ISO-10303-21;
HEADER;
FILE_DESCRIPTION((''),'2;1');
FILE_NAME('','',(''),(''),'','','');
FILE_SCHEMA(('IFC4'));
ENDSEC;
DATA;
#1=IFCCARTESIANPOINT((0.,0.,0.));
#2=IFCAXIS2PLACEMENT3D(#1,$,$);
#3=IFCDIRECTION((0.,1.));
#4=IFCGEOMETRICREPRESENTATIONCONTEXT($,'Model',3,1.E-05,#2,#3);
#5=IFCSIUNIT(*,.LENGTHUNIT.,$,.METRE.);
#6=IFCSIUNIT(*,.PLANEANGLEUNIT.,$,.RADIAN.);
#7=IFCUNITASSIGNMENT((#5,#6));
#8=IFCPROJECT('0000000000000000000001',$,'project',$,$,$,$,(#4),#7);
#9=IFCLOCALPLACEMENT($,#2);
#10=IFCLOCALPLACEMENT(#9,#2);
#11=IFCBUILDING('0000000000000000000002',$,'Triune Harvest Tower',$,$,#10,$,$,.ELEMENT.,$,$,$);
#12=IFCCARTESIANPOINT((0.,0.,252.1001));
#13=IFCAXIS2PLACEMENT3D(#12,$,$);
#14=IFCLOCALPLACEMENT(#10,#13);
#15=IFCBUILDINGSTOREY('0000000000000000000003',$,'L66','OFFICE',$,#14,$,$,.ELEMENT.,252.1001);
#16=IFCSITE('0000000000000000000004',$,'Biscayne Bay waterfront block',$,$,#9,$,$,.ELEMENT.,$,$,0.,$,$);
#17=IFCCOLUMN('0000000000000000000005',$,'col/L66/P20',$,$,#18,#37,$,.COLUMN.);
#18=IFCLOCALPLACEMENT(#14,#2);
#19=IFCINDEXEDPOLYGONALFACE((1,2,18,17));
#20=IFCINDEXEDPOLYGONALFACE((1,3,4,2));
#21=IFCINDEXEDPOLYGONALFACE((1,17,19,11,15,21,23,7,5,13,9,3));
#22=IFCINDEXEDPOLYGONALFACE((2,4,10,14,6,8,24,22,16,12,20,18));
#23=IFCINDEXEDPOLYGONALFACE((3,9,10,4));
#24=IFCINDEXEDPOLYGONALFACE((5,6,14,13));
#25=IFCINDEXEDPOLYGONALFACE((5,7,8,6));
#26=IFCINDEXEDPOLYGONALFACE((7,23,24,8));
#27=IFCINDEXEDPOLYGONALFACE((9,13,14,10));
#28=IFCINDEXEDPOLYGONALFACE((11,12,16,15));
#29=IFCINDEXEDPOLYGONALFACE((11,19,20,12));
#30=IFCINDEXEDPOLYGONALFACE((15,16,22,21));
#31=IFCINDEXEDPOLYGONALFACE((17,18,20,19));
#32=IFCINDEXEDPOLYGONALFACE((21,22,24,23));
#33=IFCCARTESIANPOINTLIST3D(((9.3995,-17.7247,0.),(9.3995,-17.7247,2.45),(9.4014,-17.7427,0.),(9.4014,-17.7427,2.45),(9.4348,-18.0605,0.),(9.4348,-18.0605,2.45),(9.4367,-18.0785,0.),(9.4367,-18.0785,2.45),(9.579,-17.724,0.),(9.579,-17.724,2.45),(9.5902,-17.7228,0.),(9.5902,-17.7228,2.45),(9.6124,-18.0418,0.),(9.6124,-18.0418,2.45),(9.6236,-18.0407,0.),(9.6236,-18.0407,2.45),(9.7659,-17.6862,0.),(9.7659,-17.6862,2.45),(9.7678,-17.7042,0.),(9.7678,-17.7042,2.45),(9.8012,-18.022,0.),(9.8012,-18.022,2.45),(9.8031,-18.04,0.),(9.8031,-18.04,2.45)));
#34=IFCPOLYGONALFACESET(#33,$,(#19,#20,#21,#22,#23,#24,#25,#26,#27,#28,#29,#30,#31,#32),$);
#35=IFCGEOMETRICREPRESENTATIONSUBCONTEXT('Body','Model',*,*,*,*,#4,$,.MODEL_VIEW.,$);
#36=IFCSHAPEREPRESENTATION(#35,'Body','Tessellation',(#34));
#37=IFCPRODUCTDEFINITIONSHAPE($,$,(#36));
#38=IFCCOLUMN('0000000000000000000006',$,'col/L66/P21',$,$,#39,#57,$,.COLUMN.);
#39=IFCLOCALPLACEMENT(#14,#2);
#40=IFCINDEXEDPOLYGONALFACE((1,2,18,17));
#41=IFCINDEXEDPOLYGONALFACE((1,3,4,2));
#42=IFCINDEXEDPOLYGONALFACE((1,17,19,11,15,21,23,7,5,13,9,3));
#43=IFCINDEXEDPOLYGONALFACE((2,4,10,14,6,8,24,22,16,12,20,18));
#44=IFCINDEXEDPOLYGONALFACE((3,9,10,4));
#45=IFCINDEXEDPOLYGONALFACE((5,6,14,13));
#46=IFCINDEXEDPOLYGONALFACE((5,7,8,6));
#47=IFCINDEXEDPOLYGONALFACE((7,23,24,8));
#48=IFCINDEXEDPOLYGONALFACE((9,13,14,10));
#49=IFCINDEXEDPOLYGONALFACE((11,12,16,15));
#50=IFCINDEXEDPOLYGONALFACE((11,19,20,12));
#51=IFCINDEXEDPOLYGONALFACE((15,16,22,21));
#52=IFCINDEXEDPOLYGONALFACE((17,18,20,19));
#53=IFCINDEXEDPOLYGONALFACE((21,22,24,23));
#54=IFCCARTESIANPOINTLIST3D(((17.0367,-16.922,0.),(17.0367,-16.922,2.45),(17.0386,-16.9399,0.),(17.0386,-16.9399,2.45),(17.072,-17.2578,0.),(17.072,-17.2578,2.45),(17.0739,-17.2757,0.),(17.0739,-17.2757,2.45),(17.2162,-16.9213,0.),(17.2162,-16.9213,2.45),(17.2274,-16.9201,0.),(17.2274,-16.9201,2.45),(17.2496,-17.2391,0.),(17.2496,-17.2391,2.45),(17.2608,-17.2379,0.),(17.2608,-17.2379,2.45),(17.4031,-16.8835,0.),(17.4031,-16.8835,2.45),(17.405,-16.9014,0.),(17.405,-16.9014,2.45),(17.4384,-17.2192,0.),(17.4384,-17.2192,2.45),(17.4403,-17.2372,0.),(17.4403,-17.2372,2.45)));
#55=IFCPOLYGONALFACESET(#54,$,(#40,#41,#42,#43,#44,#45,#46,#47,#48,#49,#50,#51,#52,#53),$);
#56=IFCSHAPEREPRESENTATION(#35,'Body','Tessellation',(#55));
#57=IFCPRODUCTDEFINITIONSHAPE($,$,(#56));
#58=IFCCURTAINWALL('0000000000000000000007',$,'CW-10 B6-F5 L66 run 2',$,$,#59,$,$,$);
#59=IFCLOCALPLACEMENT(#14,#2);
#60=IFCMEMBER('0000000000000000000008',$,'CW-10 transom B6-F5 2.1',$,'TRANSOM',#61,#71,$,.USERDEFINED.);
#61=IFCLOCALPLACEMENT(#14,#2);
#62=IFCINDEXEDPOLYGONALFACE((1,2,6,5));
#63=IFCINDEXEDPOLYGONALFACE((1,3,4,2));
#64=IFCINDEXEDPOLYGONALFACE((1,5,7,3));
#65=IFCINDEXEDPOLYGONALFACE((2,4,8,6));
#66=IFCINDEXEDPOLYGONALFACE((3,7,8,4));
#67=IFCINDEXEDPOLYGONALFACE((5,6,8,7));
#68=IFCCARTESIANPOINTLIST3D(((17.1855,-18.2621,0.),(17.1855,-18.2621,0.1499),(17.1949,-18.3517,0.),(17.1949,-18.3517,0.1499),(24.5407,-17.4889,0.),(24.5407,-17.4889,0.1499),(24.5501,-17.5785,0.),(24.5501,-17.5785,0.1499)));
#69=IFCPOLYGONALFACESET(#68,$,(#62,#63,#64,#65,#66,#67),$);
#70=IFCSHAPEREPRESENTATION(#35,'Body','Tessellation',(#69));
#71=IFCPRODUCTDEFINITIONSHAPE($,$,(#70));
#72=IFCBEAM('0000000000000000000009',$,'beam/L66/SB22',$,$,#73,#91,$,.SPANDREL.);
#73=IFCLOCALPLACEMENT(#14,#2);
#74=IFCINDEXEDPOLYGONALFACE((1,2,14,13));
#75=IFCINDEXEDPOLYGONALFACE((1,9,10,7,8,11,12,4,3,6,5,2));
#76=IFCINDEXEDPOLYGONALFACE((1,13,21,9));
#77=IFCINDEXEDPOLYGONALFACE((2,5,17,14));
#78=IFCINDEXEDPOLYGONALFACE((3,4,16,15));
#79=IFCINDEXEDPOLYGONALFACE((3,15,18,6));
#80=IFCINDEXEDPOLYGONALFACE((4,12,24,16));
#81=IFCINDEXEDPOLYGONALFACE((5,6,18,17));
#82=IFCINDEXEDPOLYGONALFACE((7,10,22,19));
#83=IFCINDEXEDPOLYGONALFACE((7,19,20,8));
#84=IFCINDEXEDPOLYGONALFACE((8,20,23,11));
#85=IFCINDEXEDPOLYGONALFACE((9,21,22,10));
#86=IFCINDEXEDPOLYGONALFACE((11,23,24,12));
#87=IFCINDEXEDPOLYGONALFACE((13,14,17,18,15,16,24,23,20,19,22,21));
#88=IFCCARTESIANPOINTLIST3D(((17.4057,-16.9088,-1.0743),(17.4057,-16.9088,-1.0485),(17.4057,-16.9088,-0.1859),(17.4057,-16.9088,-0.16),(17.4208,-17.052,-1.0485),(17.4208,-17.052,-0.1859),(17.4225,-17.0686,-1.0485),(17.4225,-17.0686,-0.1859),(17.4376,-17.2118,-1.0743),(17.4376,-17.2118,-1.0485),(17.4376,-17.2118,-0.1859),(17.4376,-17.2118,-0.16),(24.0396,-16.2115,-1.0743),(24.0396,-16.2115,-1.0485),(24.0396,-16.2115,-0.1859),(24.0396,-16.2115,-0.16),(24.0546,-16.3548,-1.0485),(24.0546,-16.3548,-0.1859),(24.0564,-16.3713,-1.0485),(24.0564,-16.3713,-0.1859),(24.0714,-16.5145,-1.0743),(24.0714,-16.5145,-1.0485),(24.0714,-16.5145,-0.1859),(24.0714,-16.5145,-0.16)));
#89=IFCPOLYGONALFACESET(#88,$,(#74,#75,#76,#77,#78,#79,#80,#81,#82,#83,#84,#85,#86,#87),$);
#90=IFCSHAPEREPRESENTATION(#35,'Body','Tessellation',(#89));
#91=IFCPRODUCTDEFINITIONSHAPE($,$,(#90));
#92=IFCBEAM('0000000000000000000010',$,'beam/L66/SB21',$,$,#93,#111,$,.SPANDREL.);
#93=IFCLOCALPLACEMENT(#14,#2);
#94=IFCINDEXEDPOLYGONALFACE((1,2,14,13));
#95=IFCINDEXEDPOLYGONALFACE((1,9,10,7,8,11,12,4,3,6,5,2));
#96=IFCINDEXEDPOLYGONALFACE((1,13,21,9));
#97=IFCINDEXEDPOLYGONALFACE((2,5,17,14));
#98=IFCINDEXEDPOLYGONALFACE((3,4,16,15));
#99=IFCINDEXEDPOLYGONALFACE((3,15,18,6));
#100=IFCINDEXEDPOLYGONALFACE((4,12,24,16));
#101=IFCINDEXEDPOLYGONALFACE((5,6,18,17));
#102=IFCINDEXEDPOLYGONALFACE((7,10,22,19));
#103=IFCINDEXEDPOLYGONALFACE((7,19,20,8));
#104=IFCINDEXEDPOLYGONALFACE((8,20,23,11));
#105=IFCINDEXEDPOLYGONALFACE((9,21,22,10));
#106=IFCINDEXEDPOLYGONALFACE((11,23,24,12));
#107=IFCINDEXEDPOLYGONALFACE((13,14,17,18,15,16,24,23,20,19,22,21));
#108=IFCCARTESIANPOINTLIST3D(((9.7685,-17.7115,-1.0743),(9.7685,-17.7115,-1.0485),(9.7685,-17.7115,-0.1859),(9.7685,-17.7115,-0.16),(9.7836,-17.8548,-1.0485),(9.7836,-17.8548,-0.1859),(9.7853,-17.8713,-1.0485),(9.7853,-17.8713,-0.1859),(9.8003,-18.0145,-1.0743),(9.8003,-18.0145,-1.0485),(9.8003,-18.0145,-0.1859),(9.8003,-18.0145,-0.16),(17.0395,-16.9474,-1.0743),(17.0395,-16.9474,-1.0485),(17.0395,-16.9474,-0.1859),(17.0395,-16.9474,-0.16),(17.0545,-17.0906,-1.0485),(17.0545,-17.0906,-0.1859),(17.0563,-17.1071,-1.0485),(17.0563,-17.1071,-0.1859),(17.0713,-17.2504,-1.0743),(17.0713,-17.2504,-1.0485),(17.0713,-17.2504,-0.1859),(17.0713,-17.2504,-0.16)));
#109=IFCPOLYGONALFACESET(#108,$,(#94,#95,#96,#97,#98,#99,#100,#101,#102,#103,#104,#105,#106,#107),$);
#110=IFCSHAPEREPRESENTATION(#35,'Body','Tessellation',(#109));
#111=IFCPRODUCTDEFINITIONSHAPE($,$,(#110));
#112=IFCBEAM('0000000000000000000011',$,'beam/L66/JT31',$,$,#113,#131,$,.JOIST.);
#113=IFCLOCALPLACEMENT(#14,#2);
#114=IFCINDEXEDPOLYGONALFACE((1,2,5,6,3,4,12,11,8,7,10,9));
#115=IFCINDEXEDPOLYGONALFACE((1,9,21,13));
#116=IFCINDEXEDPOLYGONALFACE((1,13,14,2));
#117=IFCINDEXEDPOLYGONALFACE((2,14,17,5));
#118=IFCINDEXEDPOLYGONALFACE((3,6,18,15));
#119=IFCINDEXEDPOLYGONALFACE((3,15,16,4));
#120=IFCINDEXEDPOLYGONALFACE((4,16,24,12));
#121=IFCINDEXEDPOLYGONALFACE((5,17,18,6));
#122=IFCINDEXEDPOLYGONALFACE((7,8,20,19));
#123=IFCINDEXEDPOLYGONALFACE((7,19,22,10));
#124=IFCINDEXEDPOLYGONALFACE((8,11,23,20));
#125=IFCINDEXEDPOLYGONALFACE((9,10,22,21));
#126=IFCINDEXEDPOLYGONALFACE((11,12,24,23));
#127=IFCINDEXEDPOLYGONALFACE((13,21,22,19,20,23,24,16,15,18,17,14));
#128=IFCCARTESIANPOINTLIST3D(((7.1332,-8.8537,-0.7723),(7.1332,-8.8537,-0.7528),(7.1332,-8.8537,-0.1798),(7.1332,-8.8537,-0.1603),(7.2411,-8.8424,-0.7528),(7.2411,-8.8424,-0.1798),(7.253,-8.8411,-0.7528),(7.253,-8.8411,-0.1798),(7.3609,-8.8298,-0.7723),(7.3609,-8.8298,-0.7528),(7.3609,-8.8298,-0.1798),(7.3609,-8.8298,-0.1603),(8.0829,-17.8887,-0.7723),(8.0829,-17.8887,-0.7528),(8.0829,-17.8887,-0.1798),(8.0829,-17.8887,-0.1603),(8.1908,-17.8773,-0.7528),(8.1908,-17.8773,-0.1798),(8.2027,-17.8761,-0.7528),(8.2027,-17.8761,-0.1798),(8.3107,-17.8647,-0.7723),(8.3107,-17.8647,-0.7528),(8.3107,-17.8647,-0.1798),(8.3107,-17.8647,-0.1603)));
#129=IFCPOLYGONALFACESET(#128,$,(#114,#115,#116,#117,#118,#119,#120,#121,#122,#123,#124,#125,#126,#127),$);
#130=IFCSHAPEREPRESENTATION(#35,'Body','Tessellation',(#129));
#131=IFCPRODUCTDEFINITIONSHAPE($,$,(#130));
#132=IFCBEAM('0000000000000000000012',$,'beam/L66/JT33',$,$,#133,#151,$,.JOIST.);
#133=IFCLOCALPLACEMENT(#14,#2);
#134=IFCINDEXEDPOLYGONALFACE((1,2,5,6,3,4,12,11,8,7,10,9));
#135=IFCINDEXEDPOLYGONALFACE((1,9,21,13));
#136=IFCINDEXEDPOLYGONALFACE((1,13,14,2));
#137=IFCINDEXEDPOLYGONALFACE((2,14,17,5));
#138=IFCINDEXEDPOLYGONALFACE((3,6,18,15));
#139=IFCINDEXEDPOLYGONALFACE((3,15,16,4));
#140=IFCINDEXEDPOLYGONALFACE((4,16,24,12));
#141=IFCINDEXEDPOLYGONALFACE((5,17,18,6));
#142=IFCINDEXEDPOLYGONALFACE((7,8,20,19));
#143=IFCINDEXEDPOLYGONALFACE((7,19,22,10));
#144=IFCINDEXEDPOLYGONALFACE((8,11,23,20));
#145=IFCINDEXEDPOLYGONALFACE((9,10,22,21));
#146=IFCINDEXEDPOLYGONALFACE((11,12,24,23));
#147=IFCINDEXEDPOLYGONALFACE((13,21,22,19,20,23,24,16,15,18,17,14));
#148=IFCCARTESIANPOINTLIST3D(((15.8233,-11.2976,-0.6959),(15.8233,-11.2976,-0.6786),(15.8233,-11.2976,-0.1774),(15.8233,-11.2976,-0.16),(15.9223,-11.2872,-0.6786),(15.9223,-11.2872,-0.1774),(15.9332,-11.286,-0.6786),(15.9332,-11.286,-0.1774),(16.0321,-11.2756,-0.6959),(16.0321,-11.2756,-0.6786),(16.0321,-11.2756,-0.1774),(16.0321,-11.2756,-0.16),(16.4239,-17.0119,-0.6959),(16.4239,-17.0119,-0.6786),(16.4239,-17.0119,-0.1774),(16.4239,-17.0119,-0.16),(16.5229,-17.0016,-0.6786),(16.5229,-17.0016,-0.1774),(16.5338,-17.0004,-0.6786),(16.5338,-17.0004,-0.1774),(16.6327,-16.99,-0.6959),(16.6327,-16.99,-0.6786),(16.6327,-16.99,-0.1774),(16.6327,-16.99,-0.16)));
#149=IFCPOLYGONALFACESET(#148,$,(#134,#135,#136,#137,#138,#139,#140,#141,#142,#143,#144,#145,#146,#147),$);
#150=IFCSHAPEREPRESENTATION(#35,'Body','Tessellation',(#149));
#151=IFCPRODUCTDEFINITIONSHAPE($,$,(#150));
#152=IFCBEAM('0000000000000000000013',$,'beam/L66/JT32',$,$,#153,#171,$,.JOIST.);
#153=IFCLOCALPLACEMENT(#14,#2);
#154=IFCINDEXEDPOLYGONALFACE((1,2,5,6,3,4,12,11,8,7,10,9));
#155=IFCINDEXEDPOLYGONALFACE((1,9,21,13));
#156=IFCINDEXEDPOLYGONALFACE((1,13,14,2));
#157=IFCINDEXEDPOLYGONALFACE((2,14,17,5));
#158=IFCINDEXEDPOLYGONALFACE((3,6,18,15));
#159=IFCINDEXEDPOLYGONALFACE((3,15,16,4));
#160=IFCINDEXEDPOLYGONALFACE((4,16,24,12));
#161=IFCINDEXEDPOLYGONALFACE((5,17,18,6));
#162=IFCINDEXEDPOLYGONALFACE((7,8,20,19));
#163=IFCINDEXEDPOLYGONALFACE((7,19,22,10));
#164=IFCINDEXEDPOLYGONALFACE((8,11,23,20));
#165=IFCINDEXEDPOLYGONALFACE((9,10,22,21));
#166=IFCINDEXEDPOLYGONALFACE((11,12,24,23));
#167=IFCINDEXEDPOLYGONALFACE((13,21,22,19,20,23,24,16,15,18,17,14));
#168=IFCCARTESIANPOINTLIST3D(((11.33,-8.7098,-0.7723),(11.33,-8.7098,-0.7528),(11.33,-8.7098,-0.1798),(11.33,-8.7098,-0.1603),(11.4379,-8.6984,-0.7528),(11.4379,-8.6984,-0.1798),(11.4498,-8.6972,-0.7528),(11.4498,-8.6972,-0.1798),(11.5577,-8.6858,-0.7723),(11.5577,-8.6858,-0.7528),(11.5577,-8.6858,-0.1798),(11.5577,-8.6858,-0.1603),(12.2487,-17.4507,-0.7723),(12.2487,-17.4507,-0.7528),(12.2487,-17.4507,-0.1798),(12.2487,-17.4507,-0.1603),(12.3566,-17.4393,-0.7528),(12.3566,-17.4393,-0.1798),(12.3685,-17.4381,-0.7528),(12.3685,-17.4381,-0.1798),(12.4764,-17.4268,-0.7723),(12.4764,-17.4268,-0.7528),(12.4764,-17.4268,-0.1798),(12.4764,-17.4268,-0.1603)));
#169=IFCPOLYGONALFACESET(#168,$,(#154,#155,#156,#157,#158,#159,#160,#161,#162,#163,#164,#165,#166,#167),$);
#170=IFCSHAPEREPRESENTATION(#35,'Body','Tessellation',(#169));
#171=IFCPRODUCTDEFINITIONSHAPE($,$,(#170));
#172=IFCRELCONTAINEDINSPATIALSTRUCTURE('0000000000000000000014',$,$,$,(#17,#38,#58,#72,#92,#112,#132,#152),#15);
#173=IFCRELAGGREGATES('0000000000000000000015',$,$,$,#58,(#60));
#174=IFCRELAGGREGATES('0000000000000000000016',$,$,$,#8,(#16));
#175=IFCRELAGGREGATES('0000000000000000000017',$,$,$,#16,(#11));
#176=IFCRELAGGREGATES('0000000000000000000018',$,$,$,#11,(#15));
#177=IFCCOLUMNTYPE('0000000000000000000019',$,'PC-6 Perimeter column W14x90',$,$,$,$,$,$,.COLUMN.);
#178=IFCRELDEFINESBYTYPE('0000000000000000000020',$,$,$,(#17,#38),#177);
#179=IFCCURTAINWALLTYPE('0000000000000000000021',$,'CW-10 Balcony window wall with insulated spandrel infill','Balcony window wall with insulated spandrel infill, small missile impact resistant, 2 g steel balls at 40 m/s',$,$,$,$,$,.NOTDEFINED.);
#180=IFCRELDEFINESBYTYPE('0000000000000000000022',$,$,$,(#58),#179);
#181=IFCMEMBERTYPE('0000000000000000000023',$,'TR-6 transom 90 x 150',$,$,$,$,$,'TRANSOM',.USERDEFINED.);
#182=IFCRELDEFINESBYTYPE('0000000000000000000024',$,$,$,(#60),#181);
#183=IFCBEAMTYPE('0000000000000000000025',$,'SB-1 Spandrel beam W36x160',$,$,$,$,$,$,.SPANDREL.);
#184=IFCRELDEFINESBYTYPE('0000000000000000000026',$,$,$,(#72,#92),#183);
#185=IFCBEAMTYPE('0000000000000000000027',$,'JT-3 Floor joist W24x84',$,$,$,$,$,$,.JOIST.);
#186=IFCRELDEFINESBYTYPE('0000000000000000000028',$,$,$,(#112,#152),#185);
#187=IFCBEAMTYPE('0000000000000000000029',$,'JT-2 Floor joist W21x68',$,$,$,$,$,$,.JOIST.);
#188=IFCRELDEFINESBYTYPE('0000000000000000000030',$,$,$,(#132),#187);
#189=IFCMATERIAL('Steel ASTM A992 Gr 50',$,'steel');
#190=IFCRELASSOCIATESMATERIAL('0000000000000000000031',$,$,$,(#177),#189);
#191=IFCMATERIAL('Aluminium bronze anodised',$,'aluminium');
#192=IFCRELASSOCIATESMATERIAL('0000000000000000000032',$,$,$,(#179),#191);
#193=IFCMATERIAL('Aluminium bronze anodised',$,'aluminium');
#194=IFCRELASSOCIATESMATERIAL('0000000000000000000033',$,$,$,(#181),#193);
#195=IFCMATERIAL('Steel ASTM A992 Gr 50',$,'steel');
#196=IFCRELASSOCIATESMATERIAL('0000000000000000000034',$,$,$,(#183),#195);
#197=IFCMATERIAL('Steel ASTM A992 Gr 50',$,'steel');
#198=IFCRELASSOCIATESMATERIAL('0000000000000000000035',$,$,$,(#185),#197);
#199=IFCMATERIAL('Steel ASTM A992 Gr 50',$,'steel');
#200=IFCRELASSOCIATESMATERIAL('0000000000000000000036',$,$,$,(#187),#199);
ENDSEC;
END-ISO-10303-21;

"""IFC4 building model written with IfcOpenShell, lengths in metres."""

from ifc_helpers import new_model, si_unit, direction, frame, origin, origin_2d, place, context, subcontext, project, spatial, rectangle, i_section, extrude, source, transform, mapped, material, material_profile, profile_set, type_object, element, aggregate, save


model = new_model("IFC4")

# Units and contexts
model_context = context("Model", 3, precision=1e-05, world=origin(), true_north=direction((0.0, 1.0)))
body_context = subcontext(model_context, "Body", "Model", "MODEL_VIEW")
ifc_project = project(units=[si_unit("LENGTHUNIT", "METRE"), si_unit("PLANEANGLEUNIT", "RADIAN")], contexts=[model_context])

# Site, building, storey
site_placement = place(None, origin())
site = spatial("IfcSite", under=ifc_project, at=site_placement, Name="Biscayne Bay waterfront block", CompositionType="ELEMENT", RefElevation=0.0)
building_placement = place(site_placement, origin())
building = spatial("IfcBuilding", under=site, at=building_placement, Name="Triune Harvest Tower", CompositionType="ELEMENT")
storey_placement = place(building_placement, frame((0.0, 0.0, 252.1001)))
storey = spatial("IfcBuildingStorey", under=building, at=storey_placement, Name="L66", Description="OFFICE", CompositionType="ELEMENT", Elevation=252.1001)

# Columns
ifc_material_1 = material(Name="Steel ASTM A992 Gr 50", Category="steel")
ifc_material_profile_1 = material_profile(ifc_material_1, i_section(OverallWidth=0.3684, OverallDepth=0.3557, WebThickness=0.0112, FlangeThickness=0.0181, at=origin_2d()), Name="W14x90")
ifc_profile_set_1 = profile_set([ifc_material_profile_1], Name="Steel ASTM A992 Gr 50")
column_type = type_object("IfcColumnType", Name="PC-6 Perimeter column W14x90", PredefinedType="COLUMN", material=ifc_profile_set_1)
shared_shape_1 = source(origin(), body_context, "Body", "SweptSolid", [
    extrude(i_section(OverallWidth=0.3684, OverallDepth=0.3557, WebThickness=0.0112, FlangeThickness=0.0181, at=origin_2d()), origin(), (0.0, 0.0, 1.0), 2.45),
])
for number, where, z_axis, x_axis, name in (
    (1, (9.6013, -17.8823, 0.0), (0.0, 0.0, 1.0), (0.994522, 0.10453, 0.0), "col/L66/P20"),
    (2, (17.2385, -17.0796, 0.0), (0.0, 0.0, 1.0), (0.994522, 0.10453, 0.0), "col/L66/P21"),
):
    element("IfcColumn", number, at=place(storey_placement, frame(where, z_axis=z_axis, x_axis=x_axis)), inside=storey, type_object=column_type, Name=name, PredefinedType="COLUMN", context=body_context, shape_type="MappedRepresentation", body=[
        mapped(shared_shape_1, transform((0.0, 0.0, 0.0), scale=1.0)),
    ])

# Curtain wall, member
ifc_material_2 = material(Name="Aluminium bronze anodised", Category="aluminium")
curtain_wall_type_1 = type_object("IfcCurtainWallType", Name="CW-10 Balcony window wall with insulated spandrel infill", Description="Balcony window wall with insulated spandrel infill, small missile impact resistant, 2 g steel balls at 40 m/s", PredefinedType="NOTDEFINED", material=ifc_material_2)
curtain_wall_1_placement = place(storey_placement, origin())
curtain_wall_1 = element("IfcCurtainWall", 3, at=curtain_wall_1_placement, inside=storey, type_object=curtain_wall_type_1, Name="CW-10 B6-F5 L66 run 2")
ifc_material_3 = material(Name="Aluminium bronze anodised", Category="aluminium")
ifc_material_profile_2 = material_profile(ifc_material_3, rectangle(XDim=0.0901, YDim=0.1499, at=origin_2d()), Name="TR-6 transom 90 x 150")
ifc_profile_set_2 = profile_set([ifc_material_profile_2], Name="Aluminium bronze anodised")
member_type_1 = type_object("IfcMemberType", Name="TR-6 transom 90 x 150", ElementType="TRANSOM", PredefinedType="USERDEFINED", material=ifc_profile_set_2)
member_1_placement = place(storey_placement, frame((17.1902, -18.3069, 0.075), z_axis=(0.99452, 0.104546, 0.0), x_axis=(-0.104546, 0.99452, 0.0)))
member_1 = element("IfcMember", 4, at=member_1_placement, type_object=member_type_1, Name="CW-10 transom B6-F5 2.1", ObjectType="TRANSOM", PredefinedType="USERDEFINED", context=body_context, shape_type="SweptSolid", body=[
    extrude(rectangle(XDim=0.0901, YDim=0.1499, at=origin_2d()), origin(), (0.0, 0.0, 1.0), 7.3958),
])

# Beams
ifc_material_4 = material(Name="Steel ASTM A992 Gr 50", Category="steel")
ifc_material_profile_3 = material_profile(ifc_material_4, i_section(OverallWidth=0.3047, OverallDepth=0.9143, WebThickness=0.0166, FlangeThickness=0.0259, at=origin_2d()), Name="W36x160")
ifc_profile_set_3 = profile_set([ifc_material_profile_3], Name="Steel ASTM A992 Gr 50")
beam_type_1 = type_object("IfcBeamType", Name="SB-1 Spandrel beam W36x160", PredefinedType="SPANDREL", material=ifc_profile_set_3)
shared_shape_2 = source(origin(), body_context, "Body", "SweptSolid", [
    extrude(i_section(OverallWidth=0.3047, OverallDepth=0.9143, WebThickness=0.0166, FlangeThickness=0.0259, at=origin_2d()), origin(), (0.0, 0.0, 1.0), 6.6704),
])
beam_1_placement = place(storey_placement, frame((17.4216, -17.0603, -0.6172), z_axis=(0.994521, 0.104532, 0.0), x_axis=(-0.104532, 0.994521, 0.0)))
element("IfcBeam", 5, at=beam_1_placement, inside=storey, type_object=beam_type_1, Name="beam/L66/SB22", PredefinedType="SPANDREL", context=body_context, shape_type="MappedRepresentation", body=[
    mapped(shared_shape_2, transform((0.0, 0.0, 0.0), scale=1.0)),
])
shared_shape_3 = source(origin(), body_context, "Body", "SweptSolid", [
    extrude(i_section(OverallWidth=0.3047, OverallDepth=0.9143, WebThickness=0.0166, FlangeThickness=0.0259, at=origin_2d()), origin(), (0.0, 0.0, 1.0), 7.311),
])
beam_2_placement = place(storey_placement, frame((9.7844, -17.863, -0.6172), z_axis=(0.994523, 0.104521, 0.0), x_axis=(-0.104521, 0.994523, 0.0)))
element("IfcBeam", 6, at=beam_2_placement, inside=storey, type_object=beam_type_1, Name="beam/L66/SB21", PredefinedType="SPANDREL", context=body_context, shape_type="MappedRepresentation", body=[
    mapped(shared_shape_3, transform((0.0, 0.0, 0.0), scale=1.0)),
])
ifc_material_5 = material(Name="Steel ASTM A992 Gr 50", Category="steel")
ifc_material_profile_4 = material_profile(ifc_material_5, i_section(OverallWidth=0.229, OverallDepth=0.6121, WebThickness=0.012, FlangeThickness=0.0195, at=origin_2d()), Name="W24x84")
ifc_profile_set_4 = profile_set([ifc_material_profile_4], Name="Steel ASTM A992 Gr 50")
beam_type_2 = type_object("IfcBeamType", Name="JT-3 Floor joist W24x84", PredefinedType="JOIST", material=ifc_profile_set_4)
shared_shape_4 = source(origin(), body_context, "Body", "SweptSolid", [
    extrude(i_section(OverallWidth=0.229, OverallDepth=0.6121, WebThickness=0.012, FlangeThickness=0.0195, at=origin_2d()), origin(), (0.0, 0.0, 1.0), 9.0847),
])
beam_3_placement = place(storey_placement, frame((8.1968, -17.8767, -0.4663), z_axis=(-0.104539, 0.994521, 0.0), x_axis=(-0.994521, -0.104539, 0.0)))
element("IfcBeam", 7, at=beam_3_placement, inside=storey, type_object=beam_type_2, Name="beam/L66/JT31", PredefinedType="JOIST", context=body_context, shape_type="MappedRepresentation", body=[
    mapped(shared_shape_4, transform((0.0, 0.0, 0.0), scale=1.0)),
])
ifc_material_6 = material(Name="Steel ASTM A992 Gr 50", Category="steel")
ifc_material_profile_5 = material_profile(ifc_material_6, i_section(OverallWidth=0.21, OverallDepth=0.5359, WebThickness=0.011, FlangeThickness=0.0173, at=origin_2d()), Name="W21x68")
ifc_profile_set_5 = profile_set([ifc_material_profile_5], Name="Steel ASTM A992 Gr 50")
beam_type_3 = type_object("IfcBeamType", Name="JT-2 Floor joist W21x68", PredefinedType="JOIST", material=ifc_profile_set_5)
shared_shape_5 = source(origin(), body_context, "Body", "SweptSolid", [
    extrude(i_section(OverallWidth=0.21, OverallDepth=0.5359, WebThickness=0.011, FlangeThickness=0.0173, at=origin_2d()), origin(), (0.0, 0.0, 1.0), 5.7458),
])
beam_4_placement = place(storey_placement, frame((16.5283, -17.001, -0.428), z_axis=(-0.104526, 0.994522, 0.0), x_axis=(-0.994522, -0.104526, 0.0)))
element("IfcBeam", 8, at=beam_4_placement, inside=storey, type_object=beam_type_3, Name="beam/L66/JT33", PredefinedType="JOIST", context=body_context, shape_type="MappedRepresentation", body=[
    mapped(shared_shape_5, transform((0.0, 0.0, 0.0), scale=1.0)),
])
shared_shape_6 = source(origin(), body_context, "Body", "SweptSolid", [
    extrude(i_section(OverallWidth=0.229, OverallDepth=0.6121, WebThickness=0.012, FlangeThickness=0.0195, at=origin_2d()), origin(), (0.0, 0.0, 1.0), 8.7891),
])
beam_5_placement = place(storey_placement, frame((12.3625, -17.4387, -0.4663), z_axis=(-0.104527, 0.994522, 0.0), x_axis=(-0.994522, -0.104527, 0.0)))
element("IfcBeam", 9, at=beam_5_placement, inside=storey, type_object=beam_type_2, Name="beam/L66/JT32", PredefinedType="JOIST", context=body_context, shape_type="MappedRepresentation", body=[
    mapped(shared_shape_6, transform((0.0, 0.0, 0.0), scale=1.0)),
])

aggregate(curtain_wall_1, [member_1])

save(model, "model.ifc")
